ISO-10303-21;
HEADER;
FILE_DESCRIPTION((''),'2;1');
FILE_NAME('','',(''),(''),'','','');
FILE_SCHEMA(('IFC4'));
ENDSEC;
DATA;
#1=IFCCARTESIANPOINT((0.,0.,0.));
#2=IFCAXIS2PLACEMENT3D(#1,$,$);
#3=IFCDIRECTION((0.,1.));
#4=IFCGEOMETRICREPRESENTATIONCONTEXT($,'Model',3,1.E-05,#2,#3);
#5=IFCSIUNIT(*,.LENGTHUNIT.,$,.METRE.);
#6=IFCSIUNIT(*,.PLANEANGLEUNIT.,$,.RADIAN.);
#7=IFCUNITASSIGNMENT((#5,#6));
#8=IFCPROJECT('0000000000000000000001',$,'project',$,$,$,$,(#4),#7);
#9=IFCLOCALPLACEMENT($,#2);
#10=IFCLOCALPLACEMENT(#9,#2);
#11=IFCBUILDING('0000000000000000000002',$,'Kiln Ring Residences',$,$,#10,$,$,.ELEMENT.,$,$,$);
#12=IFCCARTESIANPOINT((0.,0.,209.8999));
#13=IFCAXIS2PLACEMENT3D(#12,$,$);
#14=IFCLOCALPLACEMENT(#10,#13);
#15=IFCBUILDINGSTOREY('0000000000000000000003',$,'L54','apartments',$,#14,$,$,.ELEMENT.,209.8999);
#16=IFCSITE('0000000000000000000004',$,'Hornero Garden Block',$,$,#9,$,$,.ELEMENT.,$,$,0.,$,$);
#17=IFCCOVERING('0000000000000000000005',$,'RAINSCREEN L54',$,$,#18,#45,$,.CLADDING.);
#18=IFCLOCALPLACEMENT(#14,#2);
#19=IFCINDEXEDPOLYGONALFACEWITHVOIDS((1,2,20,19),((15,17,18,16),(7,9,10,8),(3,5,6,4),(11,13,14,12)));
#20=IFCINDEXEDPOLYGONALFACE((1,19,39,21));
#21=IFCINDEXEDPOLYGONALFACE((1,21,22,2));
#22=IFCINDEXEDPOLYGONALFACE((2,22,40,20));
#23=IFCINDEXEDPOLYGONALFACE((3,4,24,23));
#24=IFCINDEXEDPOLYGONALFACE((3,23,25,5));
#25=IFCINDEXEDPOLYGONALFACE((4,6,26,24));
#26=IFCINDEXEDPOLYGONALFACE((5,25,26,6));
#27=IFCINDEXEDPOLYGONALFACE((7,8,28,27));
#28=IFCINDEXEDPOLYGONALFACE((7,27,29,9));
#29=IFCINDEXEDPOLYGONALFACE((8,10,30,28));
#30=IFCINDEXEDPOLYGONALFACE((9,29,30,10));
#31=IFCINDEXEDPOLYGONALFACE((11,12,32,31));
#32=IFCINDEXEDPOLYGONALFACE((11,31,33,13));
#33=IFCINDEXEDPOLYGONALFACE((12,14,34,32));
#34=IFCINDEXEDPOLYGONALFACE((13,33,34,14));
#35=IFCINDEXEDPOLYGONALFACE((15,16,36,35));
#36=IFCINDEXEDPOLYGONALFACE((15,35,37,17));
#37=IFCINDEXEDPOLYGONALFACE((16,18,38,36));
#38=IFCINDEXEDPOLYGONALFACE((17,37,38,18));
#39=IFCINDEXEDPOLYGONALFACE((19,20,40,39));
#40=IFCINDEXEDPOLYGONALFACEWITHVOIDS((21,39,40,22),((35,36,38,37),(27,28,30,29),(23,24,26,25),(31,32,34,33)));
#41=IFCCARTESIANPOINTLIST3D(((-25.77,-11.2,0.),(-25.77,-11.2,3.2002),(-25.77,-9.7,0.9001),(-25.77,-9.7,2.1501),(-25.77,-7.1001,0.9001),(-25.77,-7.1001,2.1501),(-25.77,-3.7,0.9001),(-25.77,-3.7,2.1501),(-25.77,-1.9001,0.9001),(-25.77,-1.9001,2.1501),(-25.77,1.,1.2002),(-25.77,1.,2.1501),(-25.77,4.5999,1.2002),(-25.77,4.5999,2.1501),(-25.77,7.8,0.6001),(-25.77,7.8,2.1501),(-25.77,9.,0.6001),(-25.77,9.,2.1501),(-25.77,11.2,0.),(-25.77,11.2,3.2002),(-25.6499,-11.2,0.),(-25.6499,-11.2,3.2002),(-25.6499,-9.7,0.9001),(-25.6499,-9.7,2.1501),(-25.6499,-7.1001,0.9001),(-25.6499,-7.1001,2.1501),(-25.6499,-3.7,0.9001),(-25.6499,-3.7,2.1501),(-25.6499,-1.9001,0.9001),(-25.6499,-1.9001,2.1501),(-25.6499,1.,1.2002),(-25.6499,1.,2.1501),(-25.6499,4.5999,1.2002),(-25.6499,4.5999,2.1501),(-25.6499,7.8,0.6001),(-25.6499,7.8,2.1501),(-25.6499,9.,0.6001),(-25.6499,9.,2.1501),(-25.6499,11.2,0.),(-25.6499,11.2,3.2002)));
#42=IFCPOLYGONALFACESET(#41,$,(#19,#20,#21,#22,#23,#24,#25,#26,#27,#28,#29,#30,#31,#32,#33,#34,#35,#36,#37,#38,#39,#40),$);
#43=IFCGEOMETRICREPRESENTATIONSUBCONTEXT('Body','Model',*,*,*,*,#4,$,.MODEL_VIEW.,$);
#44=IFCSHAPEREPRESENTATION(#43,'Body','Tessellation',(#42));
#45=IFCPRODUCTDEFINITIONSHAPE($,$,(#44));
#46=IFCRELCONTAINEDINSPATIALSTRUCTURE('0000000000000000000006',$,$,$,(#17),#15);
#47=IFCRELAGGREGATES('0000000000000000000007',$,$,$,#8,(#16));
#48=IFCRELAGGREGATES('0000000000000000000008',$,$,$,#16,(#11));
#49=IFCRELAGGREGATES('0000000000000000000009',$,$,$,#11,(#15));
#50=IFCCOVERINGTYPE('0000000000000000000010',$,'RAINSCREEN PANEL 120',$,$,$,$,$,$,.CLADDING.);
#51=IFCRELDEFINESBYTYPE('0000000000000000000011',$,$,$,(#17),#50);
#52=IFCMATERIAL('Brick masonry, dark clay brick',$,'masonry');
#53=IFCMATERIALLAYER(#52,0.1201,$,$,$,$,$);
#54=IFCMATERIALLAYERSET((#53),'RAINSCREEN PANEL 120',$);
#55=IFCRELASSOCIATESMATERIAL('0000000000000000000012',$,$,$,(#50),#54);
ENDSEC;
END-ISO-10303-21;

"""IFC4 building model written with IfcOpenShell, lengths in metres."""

from ifc_helpers import new_model, si_unit, direction, frame, origin, place, context, subcontext, project, spatial, polyline, outline, extrude, material, layer, layer_set, type_object, element, save


model = new_model("IFC4")

# Units and contexts
model_context = context("Model", 3, precision=1e-05, world=origin(), true_north=direction((0.0, 1.0)))
body_context = subcontext(model_context, "Body", "Model", "MODEL_VIEW")
ifc_project = project(units=[si_unit("LENGTHUNIT", "METRE"), si_unit("PLANEANGLEUNIT", "RADIAN")], contexts=[model_context])

# Site, building, storey
site_placement = place(None, origin())
site = spatial("IfcSite", under=ifc_project, at=site_placement, Name="Hornero Garden Block", CompositionType="ELEMENT", RefElevation=0.0)
building_placement = place(site_placement, origin())
building = spatial("IfcBuilding", under=site, at=building_placement, Name="Kiln Ring Residences", CompositionType="ELEMENT")
storey_placement = place(building_placement, frame((0.0, 0.0, 209.8999)))
storey = spatial("IfcBuildingStorey", under=building, at=storey_placement, Name="L54", Description="apartments", CompositionType="ELEMENT", Elevation=209.8999)

# Covering
ifc_material_1 = material(Name="Brick masonry, dark clay brick", Category="masonry")
ifc_layer_1 = layer(ifc_material_1, 0.1201)
ifc_layer_set_1 = layer_set([ifc_layer_1], Name="RAINSCREEN PANEL 120")
covering_type = type_object("IfcCoveringType", Name="RAINSCREEN PANEL 120", PredefinedType="CLADDING", material=ifc_layer_set_1)
covering_placement = place(storey_placement, frame((-25.71, 11.2, 0.0), z_axis=(0.0, 0.0, 1.0), x_axis=(0.0, -1.0, 0.0)))
element("IfcCovering", 1, at=covering_placement, inside=storey, type_object=covering_type, Name="RAINSCREEN L54", PredefinedType="CLADDING", context=body_context, shape_type="SweptSolid", body=[
    extrude(outline(polyline([(0.0, 0.0), (22.3999, 0.0), (22.3999, 3.2002), (0.0, 3.2002), (0.0, 0.0)]), holes=[polyline([(3.3999, 0.6001), (3.3999, 2.1501), (2.2, 2.1501), (2.2, 0.6001), (3.3999, 0.6001)]), polyline([(14.8999, 0.9001), (14.8999, 2.1501), (13.1001, 2.1501), (13.1001, 0.9001), (14.8999, 0.9001)]), polyline([(20.8999, 0.9001), (20.8999, 2.1501), (18.3, 2.1501), (18.3, 0.9001), (20.8999, 0.9001)]), polyline([(10.2, 1.2002), (10.2, 2.1501), (6.6001, 2.1501), (6.6001, 1.2002), (10.2, 1.2002)])]), frame((0.0, 0.0601, 0.0), z_axis=(0.0, -1.0, 0.0), x_axis=(1.0, 0.0, 0.0)), (0.0, 0.0, 1.0), 0.1201),
])

save(model, "model.ifc")
